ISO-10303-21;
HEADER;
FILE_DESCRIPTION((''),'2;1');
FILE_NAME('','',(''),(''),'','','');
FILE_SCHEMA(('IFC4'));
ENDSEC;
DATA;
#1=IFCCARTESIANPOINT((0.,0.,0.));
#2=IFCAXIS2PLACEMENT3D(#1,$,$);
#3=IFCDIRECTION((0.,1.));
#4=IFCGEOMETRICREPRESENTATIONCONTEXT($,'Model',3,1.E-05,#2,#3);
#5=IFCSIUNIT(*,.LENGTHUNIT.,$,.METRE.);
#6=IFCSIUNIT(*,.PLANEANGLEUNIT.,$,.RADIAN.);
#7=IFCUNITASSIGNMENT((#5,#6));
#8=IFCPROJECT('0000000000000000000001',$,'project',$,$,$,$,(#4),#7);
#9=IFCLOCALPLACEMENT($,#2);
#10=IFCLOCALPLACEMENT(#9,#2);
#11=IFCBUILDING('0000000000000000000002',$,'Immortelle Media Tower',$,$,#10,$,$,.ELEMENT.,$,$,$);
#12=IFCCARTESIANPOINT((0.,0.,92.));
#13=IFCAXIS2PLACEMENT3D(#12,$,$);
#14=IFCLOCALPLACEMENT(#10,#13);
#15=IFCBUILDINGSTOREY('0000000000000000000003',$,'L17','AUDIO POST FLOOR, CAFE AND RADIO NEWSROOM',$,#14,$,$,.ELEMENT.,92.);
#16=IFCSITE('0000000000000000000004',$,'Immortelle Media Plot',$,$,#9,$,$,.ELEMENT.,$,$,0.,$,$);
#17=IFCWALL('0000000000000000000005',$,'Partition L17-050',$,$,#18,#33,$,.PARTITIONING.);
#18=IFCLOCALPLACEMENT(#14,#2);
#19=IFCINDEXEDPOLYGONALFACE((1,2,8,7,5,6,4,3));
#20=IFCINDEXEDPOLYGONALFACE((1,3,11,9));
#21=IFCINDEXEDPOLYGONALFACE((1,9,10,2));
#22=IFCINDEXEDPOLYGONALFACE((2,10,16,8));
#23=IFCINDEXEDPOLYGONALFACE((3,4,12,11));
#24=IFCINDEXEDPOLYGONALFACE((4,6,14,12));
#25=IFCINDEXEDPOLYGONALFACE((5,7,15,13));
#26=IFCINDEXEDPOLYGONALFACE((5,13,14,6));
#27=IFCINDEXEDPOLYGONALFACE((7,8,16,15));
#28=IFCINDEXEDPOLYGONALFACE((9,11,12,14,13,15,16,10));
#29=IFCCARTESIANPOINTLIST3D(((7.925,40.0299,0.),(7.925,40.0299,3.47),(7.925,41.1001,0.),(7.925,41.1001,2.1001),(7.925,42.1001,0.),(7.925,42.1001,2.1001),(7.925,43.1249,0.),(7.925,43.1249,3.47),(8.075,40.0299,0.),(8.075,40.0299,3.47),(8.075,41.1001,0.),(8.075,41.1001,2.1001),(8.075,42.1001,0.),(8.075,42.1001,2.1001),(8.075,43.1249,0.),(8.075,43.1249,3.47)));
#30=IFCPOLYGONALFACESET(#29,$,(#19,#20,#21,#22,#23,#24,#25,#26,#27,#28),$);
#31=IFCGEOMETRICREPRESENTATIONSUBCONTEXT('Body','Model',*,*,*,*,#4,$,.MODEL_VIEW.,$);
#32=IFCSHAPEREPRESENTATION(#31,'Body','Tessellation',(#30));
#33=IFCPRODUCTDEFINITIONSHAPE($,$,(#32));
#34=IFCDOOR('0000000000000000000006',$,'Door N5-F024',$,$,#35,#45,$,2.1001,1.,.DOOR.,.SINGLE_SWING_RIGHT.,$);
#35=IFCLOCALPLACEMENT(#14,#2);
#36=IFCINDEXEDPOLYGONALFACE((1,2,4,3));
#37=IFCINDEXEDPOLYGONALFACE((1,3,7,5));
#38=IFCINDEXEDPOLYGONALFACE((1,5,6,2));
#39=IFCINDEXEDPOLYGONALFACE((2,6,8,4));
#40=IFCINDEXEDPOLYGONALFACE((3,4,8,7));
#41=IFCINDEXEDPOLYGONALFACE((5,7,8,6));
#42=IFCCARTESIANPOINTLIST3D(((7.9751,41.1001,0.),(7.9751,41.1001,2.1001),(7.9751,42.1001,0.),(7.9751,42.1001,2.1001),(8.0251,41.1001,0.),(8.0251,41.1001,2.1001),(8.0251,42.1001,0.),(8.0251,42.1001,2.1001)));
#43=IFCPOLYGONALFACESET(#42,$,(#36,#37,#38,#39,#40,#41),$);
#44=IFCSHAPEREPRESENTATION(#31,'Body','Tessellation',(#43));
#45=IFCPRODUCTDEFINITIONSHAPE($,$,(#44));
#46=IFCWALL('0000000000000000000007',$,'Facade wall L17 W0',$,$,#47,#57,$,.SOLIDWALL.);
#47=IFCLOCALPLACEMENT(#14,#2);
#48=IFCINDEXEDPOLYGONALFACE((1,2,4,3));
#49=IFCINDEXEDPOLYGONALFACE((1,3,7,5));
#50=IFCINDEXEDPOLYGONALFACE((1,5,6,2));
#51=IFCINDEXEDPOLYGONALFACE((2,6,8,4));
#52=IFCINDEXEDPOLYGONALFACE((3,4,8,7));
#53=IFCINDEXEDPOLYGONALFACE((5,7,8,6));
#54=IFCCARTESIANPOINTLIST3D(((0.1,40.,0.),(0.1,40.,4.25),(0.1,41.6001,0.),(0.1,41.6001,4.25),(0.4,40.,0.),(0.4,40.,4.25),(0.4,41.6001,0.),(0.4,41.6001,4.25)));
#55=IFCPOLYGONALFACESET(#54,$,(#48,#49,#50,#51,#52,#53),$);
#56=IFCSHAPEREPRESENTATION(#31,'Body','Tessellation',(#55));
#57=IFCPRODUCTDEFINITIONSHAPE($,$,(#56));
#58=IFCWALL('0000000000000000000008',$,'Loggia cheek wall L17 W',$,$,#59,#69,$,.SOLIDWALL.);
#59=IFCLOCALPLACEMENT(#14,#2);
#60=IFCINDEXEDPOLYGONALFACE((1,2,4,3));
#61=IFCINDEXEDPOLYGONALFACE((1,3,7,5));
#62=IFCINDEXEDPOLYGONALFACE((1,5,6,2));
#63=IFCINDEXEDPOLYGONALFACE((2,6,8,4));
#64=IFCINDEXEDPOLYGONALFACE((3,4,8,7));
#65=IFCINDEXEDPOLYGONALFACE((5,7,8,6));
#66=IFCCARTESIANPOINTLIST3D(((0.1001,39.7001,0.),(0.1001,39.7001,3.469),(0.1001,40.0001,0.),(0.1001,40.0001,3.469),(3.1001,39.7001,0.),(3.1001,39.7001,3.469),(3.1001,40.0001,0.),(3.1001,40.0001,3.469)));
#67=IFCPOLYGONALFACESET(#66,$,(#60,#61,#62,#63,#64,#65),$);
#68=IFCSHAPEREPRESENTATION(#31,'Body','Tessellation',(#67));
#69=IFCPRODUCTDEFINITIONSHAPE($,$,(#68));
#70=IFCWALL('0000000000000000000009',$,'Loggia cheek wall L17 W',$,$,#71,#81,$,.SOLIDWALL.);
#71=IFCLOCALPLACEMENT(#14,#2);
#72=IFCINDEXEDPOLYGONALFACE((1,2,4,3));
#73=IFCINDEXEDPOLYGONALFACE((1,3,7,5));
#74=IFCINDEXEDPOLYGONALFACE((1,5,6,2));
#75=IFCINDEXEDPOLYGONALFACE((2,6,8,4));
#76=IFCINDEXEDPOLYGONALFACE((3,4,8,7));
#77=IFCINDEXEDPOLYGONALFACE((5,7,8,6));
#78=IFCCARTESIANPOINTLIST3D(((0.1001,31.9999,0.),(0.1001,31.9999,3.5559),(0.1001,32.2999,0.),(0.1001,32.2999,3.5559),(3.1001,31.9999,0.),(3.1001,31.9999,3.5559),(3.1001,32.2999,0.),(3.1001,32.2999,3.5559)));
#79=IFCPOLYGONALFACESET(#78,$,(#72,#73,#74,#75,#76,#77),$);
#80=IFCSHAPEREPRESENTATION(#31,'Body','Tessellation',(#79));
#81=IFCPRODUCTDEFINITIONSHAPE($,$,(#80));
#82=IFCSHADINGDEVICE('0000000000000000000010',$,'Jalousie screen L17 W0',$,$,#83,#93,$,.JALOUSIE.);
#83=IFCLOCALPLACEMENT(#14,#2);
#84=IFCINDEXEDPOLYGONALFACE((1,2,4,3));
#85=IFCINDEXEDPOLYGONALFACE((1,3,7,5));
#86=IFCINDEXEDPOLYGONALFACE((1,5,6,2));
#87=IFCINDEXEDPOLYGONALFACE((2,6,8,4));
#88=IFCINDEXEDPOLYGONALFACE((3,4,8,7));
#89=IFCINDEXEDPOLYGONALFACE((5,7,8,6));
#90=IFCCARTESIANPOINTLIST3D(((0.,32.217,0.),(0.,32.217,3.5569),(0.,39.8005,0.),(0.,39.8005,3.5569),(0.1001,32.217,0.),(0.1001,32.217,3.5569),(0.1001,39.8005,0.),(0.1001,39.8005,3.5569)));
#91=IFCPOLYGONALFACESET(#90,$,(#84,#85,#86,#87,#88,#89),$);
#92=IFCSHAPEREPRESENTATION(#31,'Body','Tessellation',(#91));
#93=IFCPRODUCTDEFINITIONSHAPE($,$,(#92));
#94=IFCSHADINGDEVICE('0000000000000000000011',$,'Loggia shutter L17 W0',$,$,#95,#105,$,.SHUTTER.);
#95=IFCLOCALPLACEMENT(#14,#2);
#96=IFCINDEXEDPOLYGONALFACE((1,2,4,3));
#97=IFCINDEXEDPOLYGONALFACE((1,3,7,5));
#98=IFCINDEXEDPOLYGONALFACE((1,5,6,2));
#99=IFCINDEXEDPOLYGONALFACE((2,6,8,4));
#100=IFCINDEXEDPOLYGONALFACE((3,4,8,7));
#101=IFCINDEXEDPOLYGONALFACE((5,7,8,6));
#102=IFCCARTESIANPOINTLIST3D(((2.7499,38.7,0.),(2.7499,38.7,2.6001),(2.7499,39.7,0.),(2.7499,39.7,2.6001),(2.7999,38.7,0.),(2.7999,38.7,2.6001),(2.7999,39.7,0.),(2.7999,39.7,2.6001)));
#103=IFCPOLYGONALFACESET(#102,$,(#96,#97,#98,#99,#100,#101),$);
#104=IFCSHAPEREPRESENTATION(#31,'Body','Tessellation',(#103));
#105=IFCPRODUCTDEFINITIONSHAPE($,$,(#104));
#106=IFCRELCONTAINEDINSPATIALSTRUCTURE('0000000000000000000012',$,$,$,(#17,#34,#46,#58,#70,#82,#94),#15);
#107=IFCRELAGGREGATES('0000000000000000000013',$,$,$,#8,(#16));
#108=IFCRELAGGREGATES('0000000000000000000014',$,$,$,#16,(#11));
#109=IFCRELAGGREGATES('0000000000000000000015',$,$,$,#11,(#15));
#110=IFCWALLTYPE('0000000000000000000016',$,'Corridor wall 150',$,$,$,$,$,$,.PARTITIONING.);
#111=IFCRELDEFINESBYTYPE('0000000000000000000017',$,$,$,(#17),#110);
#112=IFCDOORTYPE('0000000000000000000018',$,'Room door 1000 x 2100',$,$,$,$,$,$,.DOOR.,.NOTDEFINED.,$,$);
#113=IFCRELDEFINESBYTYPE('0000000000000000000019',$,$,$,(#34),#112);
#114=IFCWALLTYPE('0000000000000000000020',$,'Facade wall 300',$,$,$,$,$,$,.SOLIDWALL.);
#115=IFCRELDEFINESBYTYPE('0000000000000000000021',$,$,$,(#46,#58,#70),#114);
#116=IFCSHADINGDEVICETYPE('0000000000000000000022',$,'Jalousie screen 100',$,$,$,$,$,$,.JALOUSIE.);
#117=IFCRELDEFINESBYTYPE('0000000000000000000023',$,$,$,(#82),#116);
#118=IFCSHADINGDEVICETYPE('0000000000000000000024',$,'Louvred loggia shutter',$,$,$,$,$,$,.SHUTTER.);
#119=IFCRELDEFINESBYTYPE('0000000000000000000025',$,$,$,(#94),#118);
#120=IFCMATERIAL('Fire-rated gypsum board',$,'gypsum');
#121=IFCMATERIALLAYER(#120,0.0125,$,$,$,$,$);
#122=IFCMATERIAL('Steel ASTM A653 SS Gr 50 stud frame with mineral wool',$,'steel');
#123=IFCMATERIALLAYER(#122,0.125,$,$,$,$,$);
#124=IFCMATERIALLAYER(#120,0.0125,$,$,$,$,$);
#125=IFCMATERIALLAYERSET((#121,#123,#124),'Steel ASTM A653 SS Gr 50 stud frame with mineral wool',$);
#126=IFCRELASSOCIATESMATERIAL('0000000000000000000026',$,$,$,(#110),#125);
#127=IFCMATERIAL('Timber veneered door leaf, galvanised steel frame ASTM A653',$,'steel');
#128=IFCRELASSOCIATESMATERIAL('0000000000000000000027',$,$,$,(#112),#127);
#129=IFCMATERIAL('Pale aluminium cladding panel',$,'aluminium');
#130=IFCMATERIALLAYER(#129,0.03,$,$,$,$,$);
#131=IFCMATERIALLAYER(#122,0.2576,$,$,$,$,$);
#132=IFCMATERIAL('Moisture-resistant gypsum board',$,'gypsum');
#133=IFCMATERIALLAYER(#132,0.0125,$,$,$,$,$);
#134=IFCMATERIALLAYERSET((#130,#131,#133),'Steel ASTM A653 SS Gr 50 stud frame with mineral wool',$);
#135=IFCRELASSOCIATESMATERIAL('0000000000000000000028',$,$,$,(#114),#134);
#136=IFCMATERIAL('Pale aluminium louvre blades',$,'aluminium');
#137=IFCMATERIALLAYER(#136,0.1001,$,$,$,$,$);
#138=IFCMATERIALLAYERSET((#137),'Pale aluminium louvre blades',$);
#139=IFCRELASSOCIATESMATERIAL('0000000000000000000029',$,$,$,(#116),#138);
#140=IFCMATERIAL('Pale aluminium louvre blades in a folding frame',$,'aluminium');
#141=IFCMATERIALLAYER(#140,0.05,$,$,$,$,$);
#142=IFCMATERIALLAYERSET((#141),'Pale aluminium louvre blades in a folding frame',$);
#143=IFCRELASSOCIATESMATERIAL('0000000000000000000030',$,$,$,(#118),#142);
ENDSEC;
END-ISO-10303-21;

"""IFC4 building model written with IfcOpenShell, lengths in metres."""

from ifc_helpers import new_model, si_unit, direction, frame, frame_2d, origin, origin_2d, place, context, subcontext, project, spatial, rectangle, extrude, material, layer, layer_set, type_object, element, fill, save


model = new_model("IFC4")

# Units and contexts
model_context = context("Model", 3, precision=1e-05, world=origin(), true_north=direction((0.0, 1.0)))
body_context = subcontext(model_context, "Body", "Model", "MODEL_VIEW")
ifc_project = project(units=[si_unit("LENGTHUNIT", "METRE"), si_unit("PLANEANGLEUNIT", "RADIAN")], contexts=[model_context])

# Site, building, storey
site_placement = place(None, origin())
site = spatial("IfcSite", under=ifc_project, at=site_placement, Name="Immortelle Media Plot", CompositionType="ELEMENT", RefElevation=0.0)
building_placement = place(site_placement, origin())
building = spatial("IfcBuilding", under=site, at=building_placement, Name="Immortelle Media Tower", CompositionType="ELEMENT")
storey_placement = place(building_placement, frame((0.0, 0.0, 92.0)))
storey = spatial("IfcBuildingStorey", under=building, at=storey_placement, Name="L17", Description="AUDIO POST FLOOR, CAFE AND RADIO NEWSROOM", CompositionType="ELEMENT", Elevation=92.0)

# Wall, opening, door
ifc_material_1 = material(Name="Fire-rated gypsum board", Category="gypsum")
ifc_layer_1 = layer(ifc_material_1, 0.0125)
ifc_material_2 = material(Name="Steel ASTM A653 SS Gr 50 stud frame with mineral wool", Category="steel")
ifc_layer_2 = layer(ifc_material_2, 0.125)
ifc_layer_3 = layer(ifc_material_1, 0.0125)
ifc_layer_set_1 = layer_set([ifc_layer_1, ifc_layer_2, ifc_layer_3], Name="Steel ASTM A653 SS Gr 50 stud frame with mineral wool")
wall_type_1 = type_object("IfcWallType", Name="Corridor wall 150", PredefinedType="PARTITIONING", material=ifc_layer_set_1)
wall_1_placement = place(storey_placement, frame((8.0, 40.03, 0.0), z_axis=(0.0, 0.0, 1.0), x_axis=(0.0, 1.0, 0.0)))
wall_1 = element("IfcWall", 1, at=wall_1_placement, inside=storey, type_object=wall_type_1, Name="Partition L17-050", PredefinedType="PARTITIONING", context=body_context, shape_type="SweptSolid", body=[
    extrude(rectangle(XDim=3.095, YDim=0.1499, at=frame_2d((1.5474, 0.0))), origin(), (0.0, 0.0, 1.0), 3.47),
])
opening_1_placement = place(wall_1_placement, frame((1.0701, 0.0, 0.0)))
opening_1 = element("IfcOpeningElement", 2, at=opening_1_placement, cuts=wall_1, PredefinedType="OPENING", context=body_context, shape_type="SweptSolid", body=[
    extrude(rectangle(XDim=1.0, YDim=2.1001, at=frame_2d((0.5, 1.05))), frame((0.0, 0.085, 0.0), z_axis=(0.0, -1.0, 0.0), x_axis=(1.0, 0.0, 0.0)), (0.0, 0.0, 1.0), 0.1699),
])
ifc_material_3 = material(Name="Timber veneered door leaf, galvanised steel frame ASTM A653", Category="steel")
door_type_1 = type_object("IfcDoorType", Name="Room door 1000 x 2100", OperationType="NOTDEFINED", PredefinedType="DOOR", material=ifc_material_3)
door_1_placement = place(opening_1_placement, origin())
door_1 = element("IfcDoor", 3, at=door_1_placement, inside=storey, type_object=door_type_1, Name="Door N5-F024", OperationType="SINGLE_SWING_RIGHT", OverallHeight=2.1001, OverallWidth=1.0, PredefinedType="DOOR", context=body_context, shape_type="SweptSolid", body=[
    extrude(rectangle(XDim=1.0, YDim=2.1001, at=frame_2d((0.5, 1.05))), frame((0.0, 0.0249, 0.0), z_axis=(0.0, -1.0, 0.0), x_axis=(1.0, 0.0, 0.0)), (0.0, 0.0, 1.0), 0.05),
])
fill(opening_1, door_1)

# Wall
ifc_material_4 = material(Name="Pale aluminium cladding panel", Category="aluminium")
ifc_layer_4 = layer(ifc_material_4, 0.03)
ifc_layer_5 = layer(ifc_material_2, 0.2576)
ifc_material_5 = material(Name="Moisture-resistant gypsum board", Category="gypsum")
ifc_layer_6 = layer(ifc_material_5, 0.0125)
ifc_layer_set_2 = layer_set([ifc_layer_4, ifc_layer_5, ifc_layer_6], Name="Steel ASTM A653 SS Gr 50 stud frame with mineral wool")
wall_type_2 = type_object("IfcWallType", Name="Facade wall 300", PredefinedType="SOLIDWALL", material=ifc_layer_set_2)
wall_2_placement = place(storey_placement, frame((0.25, 41.6001, 0.0), z_axis=(0.0, 0.0, 1.0), x_axis=(0.0, -1.0, 0.0)))
element("IfcWall", 4, at=wall_2_placement, inside=storey, type_object=wall_type_2, Name="Facade wall L17 W0", PredefinedType="SOLIDWALL", context=body_context, shape_type="SweptSolid", body=[
    extrude(rectangle(XDim=1.6001, YDim=0.3, at=frame_2d((0.8, 0.0))), origin(), (0.0, 0.0, 1.0), 4.25),
])

# Walls
wall_3_placement = place(storey_placement, frame((0.1001, 39.8501, 0.0), z_axis=(0.0, 0.0, 1.0), x_axis=(1.0, 0.0, 0.0)))
element("IfcWall", 5, at=wall_3_placement, inside=storey, type_object=wall_type_2, Name="Loggia cheek wall L17 W", PredefinedType="SOLIDWALL", context=body_context, shape_type="SweptSolid", body=[
    extrude(rectangle(XDim=3.0, YDim=0.3, at=frame_2d((1.5, 0.0))), origin(), (0.0, 0.0, 1.0), 3.469),
])
wall_4_placement = place(storey_placement, frame((0.1001, 32.1499, 0.0), z_axis=(0.0, 0.0, 1.0), x_axis=(1.0, 0.0, 0.0)))
element("IfcWall", 6, at=wall_4_placement, inside=storey, type_object=wall_type_2, Name="Loggia cheek wall L17 W", PredefinedType="SOLIDWALL", context=body_context, shape_type="SweptSolid", body=[
    extrude(rectangle(XDim=3.0, YDim=0.3, at=frame_2d((1.5, 0.0))), origin(), (0.0, 0.0, 1.0), 3.5559),
])

# Shading devices
ifc_material_6 = material(Name="Pale aluminium louvre blades", Category="aluminium")
ifc_layer_7 = layer(ifc_material_6, 0.1001)
ifc_layer_set_3 = layer_set([ifc_layer_7], Name="Pale aluminium louvre blades")
shading_device_type_1 = type_object("IfcShadingDeviceType", Name="Jalousie screen 100", PredefinedType="JALOUSIE", material=ifc_layer_set_3)
shading_device_1_placement = place(storey_placement, frame((0.05, 36.0088, 0.0), z_axis=(0.0, 0.0, 1.0), x_axis=(0.0, -1.0, 0.0)))
element("IfcShadingDevice", 7, at=shading_device_1_placement, inside=storey, type_object=shading_device_type_1, Name="Jalousie screen L17 W0", PredefinedType="JALOUSIE", context=body_context, shape_type="SweptSolid", body=[
    extrude(rectangle(XDim=7.5835, YDim=0.1001, at=origin_2d()), origin(), (0.0, 0.0, 1.0), 3.5569),
])
ifc_material_7 = material(Name="Pale aluminium louvre blades in a folding frame", Category="aluminium")
ifc_layer_8 = layer(ifc_material_7, 0.05)
ifc_layer_set_4 = layer_set([ifc_layer_8], Name="Pale aluminium louvre blades in a folding frame")
shading_device_type_2 = type_object("IfcShadingDeviceType", Name="Louvred loggia shutter", PredefinedType="SHUTTER", material=ifc_layer_set_4)
shading_device_2_placement = place(storey_placement, frame((2.7749, 39.2, 0.0), z_axis=(0.0, 0.0, 1.0), x_axis=(0.0, -1.0, 0.0)))
element("IfcShadingDevice", 8, at=shading_device_2_placement, inside=storey, type_object=shading_device_type_2, Name="Loggia shutter L17 W0", PredefinedType="SHUTTER", context=body_context, shape_type="SweptSolid", body=[
    extrude(rectangle(XDim=1.0, YDim=0.05, at=origin_2d()), origin(), (0.0, 0.0, 1.0), 2.6001),
])

save(model, "model.ifc")
